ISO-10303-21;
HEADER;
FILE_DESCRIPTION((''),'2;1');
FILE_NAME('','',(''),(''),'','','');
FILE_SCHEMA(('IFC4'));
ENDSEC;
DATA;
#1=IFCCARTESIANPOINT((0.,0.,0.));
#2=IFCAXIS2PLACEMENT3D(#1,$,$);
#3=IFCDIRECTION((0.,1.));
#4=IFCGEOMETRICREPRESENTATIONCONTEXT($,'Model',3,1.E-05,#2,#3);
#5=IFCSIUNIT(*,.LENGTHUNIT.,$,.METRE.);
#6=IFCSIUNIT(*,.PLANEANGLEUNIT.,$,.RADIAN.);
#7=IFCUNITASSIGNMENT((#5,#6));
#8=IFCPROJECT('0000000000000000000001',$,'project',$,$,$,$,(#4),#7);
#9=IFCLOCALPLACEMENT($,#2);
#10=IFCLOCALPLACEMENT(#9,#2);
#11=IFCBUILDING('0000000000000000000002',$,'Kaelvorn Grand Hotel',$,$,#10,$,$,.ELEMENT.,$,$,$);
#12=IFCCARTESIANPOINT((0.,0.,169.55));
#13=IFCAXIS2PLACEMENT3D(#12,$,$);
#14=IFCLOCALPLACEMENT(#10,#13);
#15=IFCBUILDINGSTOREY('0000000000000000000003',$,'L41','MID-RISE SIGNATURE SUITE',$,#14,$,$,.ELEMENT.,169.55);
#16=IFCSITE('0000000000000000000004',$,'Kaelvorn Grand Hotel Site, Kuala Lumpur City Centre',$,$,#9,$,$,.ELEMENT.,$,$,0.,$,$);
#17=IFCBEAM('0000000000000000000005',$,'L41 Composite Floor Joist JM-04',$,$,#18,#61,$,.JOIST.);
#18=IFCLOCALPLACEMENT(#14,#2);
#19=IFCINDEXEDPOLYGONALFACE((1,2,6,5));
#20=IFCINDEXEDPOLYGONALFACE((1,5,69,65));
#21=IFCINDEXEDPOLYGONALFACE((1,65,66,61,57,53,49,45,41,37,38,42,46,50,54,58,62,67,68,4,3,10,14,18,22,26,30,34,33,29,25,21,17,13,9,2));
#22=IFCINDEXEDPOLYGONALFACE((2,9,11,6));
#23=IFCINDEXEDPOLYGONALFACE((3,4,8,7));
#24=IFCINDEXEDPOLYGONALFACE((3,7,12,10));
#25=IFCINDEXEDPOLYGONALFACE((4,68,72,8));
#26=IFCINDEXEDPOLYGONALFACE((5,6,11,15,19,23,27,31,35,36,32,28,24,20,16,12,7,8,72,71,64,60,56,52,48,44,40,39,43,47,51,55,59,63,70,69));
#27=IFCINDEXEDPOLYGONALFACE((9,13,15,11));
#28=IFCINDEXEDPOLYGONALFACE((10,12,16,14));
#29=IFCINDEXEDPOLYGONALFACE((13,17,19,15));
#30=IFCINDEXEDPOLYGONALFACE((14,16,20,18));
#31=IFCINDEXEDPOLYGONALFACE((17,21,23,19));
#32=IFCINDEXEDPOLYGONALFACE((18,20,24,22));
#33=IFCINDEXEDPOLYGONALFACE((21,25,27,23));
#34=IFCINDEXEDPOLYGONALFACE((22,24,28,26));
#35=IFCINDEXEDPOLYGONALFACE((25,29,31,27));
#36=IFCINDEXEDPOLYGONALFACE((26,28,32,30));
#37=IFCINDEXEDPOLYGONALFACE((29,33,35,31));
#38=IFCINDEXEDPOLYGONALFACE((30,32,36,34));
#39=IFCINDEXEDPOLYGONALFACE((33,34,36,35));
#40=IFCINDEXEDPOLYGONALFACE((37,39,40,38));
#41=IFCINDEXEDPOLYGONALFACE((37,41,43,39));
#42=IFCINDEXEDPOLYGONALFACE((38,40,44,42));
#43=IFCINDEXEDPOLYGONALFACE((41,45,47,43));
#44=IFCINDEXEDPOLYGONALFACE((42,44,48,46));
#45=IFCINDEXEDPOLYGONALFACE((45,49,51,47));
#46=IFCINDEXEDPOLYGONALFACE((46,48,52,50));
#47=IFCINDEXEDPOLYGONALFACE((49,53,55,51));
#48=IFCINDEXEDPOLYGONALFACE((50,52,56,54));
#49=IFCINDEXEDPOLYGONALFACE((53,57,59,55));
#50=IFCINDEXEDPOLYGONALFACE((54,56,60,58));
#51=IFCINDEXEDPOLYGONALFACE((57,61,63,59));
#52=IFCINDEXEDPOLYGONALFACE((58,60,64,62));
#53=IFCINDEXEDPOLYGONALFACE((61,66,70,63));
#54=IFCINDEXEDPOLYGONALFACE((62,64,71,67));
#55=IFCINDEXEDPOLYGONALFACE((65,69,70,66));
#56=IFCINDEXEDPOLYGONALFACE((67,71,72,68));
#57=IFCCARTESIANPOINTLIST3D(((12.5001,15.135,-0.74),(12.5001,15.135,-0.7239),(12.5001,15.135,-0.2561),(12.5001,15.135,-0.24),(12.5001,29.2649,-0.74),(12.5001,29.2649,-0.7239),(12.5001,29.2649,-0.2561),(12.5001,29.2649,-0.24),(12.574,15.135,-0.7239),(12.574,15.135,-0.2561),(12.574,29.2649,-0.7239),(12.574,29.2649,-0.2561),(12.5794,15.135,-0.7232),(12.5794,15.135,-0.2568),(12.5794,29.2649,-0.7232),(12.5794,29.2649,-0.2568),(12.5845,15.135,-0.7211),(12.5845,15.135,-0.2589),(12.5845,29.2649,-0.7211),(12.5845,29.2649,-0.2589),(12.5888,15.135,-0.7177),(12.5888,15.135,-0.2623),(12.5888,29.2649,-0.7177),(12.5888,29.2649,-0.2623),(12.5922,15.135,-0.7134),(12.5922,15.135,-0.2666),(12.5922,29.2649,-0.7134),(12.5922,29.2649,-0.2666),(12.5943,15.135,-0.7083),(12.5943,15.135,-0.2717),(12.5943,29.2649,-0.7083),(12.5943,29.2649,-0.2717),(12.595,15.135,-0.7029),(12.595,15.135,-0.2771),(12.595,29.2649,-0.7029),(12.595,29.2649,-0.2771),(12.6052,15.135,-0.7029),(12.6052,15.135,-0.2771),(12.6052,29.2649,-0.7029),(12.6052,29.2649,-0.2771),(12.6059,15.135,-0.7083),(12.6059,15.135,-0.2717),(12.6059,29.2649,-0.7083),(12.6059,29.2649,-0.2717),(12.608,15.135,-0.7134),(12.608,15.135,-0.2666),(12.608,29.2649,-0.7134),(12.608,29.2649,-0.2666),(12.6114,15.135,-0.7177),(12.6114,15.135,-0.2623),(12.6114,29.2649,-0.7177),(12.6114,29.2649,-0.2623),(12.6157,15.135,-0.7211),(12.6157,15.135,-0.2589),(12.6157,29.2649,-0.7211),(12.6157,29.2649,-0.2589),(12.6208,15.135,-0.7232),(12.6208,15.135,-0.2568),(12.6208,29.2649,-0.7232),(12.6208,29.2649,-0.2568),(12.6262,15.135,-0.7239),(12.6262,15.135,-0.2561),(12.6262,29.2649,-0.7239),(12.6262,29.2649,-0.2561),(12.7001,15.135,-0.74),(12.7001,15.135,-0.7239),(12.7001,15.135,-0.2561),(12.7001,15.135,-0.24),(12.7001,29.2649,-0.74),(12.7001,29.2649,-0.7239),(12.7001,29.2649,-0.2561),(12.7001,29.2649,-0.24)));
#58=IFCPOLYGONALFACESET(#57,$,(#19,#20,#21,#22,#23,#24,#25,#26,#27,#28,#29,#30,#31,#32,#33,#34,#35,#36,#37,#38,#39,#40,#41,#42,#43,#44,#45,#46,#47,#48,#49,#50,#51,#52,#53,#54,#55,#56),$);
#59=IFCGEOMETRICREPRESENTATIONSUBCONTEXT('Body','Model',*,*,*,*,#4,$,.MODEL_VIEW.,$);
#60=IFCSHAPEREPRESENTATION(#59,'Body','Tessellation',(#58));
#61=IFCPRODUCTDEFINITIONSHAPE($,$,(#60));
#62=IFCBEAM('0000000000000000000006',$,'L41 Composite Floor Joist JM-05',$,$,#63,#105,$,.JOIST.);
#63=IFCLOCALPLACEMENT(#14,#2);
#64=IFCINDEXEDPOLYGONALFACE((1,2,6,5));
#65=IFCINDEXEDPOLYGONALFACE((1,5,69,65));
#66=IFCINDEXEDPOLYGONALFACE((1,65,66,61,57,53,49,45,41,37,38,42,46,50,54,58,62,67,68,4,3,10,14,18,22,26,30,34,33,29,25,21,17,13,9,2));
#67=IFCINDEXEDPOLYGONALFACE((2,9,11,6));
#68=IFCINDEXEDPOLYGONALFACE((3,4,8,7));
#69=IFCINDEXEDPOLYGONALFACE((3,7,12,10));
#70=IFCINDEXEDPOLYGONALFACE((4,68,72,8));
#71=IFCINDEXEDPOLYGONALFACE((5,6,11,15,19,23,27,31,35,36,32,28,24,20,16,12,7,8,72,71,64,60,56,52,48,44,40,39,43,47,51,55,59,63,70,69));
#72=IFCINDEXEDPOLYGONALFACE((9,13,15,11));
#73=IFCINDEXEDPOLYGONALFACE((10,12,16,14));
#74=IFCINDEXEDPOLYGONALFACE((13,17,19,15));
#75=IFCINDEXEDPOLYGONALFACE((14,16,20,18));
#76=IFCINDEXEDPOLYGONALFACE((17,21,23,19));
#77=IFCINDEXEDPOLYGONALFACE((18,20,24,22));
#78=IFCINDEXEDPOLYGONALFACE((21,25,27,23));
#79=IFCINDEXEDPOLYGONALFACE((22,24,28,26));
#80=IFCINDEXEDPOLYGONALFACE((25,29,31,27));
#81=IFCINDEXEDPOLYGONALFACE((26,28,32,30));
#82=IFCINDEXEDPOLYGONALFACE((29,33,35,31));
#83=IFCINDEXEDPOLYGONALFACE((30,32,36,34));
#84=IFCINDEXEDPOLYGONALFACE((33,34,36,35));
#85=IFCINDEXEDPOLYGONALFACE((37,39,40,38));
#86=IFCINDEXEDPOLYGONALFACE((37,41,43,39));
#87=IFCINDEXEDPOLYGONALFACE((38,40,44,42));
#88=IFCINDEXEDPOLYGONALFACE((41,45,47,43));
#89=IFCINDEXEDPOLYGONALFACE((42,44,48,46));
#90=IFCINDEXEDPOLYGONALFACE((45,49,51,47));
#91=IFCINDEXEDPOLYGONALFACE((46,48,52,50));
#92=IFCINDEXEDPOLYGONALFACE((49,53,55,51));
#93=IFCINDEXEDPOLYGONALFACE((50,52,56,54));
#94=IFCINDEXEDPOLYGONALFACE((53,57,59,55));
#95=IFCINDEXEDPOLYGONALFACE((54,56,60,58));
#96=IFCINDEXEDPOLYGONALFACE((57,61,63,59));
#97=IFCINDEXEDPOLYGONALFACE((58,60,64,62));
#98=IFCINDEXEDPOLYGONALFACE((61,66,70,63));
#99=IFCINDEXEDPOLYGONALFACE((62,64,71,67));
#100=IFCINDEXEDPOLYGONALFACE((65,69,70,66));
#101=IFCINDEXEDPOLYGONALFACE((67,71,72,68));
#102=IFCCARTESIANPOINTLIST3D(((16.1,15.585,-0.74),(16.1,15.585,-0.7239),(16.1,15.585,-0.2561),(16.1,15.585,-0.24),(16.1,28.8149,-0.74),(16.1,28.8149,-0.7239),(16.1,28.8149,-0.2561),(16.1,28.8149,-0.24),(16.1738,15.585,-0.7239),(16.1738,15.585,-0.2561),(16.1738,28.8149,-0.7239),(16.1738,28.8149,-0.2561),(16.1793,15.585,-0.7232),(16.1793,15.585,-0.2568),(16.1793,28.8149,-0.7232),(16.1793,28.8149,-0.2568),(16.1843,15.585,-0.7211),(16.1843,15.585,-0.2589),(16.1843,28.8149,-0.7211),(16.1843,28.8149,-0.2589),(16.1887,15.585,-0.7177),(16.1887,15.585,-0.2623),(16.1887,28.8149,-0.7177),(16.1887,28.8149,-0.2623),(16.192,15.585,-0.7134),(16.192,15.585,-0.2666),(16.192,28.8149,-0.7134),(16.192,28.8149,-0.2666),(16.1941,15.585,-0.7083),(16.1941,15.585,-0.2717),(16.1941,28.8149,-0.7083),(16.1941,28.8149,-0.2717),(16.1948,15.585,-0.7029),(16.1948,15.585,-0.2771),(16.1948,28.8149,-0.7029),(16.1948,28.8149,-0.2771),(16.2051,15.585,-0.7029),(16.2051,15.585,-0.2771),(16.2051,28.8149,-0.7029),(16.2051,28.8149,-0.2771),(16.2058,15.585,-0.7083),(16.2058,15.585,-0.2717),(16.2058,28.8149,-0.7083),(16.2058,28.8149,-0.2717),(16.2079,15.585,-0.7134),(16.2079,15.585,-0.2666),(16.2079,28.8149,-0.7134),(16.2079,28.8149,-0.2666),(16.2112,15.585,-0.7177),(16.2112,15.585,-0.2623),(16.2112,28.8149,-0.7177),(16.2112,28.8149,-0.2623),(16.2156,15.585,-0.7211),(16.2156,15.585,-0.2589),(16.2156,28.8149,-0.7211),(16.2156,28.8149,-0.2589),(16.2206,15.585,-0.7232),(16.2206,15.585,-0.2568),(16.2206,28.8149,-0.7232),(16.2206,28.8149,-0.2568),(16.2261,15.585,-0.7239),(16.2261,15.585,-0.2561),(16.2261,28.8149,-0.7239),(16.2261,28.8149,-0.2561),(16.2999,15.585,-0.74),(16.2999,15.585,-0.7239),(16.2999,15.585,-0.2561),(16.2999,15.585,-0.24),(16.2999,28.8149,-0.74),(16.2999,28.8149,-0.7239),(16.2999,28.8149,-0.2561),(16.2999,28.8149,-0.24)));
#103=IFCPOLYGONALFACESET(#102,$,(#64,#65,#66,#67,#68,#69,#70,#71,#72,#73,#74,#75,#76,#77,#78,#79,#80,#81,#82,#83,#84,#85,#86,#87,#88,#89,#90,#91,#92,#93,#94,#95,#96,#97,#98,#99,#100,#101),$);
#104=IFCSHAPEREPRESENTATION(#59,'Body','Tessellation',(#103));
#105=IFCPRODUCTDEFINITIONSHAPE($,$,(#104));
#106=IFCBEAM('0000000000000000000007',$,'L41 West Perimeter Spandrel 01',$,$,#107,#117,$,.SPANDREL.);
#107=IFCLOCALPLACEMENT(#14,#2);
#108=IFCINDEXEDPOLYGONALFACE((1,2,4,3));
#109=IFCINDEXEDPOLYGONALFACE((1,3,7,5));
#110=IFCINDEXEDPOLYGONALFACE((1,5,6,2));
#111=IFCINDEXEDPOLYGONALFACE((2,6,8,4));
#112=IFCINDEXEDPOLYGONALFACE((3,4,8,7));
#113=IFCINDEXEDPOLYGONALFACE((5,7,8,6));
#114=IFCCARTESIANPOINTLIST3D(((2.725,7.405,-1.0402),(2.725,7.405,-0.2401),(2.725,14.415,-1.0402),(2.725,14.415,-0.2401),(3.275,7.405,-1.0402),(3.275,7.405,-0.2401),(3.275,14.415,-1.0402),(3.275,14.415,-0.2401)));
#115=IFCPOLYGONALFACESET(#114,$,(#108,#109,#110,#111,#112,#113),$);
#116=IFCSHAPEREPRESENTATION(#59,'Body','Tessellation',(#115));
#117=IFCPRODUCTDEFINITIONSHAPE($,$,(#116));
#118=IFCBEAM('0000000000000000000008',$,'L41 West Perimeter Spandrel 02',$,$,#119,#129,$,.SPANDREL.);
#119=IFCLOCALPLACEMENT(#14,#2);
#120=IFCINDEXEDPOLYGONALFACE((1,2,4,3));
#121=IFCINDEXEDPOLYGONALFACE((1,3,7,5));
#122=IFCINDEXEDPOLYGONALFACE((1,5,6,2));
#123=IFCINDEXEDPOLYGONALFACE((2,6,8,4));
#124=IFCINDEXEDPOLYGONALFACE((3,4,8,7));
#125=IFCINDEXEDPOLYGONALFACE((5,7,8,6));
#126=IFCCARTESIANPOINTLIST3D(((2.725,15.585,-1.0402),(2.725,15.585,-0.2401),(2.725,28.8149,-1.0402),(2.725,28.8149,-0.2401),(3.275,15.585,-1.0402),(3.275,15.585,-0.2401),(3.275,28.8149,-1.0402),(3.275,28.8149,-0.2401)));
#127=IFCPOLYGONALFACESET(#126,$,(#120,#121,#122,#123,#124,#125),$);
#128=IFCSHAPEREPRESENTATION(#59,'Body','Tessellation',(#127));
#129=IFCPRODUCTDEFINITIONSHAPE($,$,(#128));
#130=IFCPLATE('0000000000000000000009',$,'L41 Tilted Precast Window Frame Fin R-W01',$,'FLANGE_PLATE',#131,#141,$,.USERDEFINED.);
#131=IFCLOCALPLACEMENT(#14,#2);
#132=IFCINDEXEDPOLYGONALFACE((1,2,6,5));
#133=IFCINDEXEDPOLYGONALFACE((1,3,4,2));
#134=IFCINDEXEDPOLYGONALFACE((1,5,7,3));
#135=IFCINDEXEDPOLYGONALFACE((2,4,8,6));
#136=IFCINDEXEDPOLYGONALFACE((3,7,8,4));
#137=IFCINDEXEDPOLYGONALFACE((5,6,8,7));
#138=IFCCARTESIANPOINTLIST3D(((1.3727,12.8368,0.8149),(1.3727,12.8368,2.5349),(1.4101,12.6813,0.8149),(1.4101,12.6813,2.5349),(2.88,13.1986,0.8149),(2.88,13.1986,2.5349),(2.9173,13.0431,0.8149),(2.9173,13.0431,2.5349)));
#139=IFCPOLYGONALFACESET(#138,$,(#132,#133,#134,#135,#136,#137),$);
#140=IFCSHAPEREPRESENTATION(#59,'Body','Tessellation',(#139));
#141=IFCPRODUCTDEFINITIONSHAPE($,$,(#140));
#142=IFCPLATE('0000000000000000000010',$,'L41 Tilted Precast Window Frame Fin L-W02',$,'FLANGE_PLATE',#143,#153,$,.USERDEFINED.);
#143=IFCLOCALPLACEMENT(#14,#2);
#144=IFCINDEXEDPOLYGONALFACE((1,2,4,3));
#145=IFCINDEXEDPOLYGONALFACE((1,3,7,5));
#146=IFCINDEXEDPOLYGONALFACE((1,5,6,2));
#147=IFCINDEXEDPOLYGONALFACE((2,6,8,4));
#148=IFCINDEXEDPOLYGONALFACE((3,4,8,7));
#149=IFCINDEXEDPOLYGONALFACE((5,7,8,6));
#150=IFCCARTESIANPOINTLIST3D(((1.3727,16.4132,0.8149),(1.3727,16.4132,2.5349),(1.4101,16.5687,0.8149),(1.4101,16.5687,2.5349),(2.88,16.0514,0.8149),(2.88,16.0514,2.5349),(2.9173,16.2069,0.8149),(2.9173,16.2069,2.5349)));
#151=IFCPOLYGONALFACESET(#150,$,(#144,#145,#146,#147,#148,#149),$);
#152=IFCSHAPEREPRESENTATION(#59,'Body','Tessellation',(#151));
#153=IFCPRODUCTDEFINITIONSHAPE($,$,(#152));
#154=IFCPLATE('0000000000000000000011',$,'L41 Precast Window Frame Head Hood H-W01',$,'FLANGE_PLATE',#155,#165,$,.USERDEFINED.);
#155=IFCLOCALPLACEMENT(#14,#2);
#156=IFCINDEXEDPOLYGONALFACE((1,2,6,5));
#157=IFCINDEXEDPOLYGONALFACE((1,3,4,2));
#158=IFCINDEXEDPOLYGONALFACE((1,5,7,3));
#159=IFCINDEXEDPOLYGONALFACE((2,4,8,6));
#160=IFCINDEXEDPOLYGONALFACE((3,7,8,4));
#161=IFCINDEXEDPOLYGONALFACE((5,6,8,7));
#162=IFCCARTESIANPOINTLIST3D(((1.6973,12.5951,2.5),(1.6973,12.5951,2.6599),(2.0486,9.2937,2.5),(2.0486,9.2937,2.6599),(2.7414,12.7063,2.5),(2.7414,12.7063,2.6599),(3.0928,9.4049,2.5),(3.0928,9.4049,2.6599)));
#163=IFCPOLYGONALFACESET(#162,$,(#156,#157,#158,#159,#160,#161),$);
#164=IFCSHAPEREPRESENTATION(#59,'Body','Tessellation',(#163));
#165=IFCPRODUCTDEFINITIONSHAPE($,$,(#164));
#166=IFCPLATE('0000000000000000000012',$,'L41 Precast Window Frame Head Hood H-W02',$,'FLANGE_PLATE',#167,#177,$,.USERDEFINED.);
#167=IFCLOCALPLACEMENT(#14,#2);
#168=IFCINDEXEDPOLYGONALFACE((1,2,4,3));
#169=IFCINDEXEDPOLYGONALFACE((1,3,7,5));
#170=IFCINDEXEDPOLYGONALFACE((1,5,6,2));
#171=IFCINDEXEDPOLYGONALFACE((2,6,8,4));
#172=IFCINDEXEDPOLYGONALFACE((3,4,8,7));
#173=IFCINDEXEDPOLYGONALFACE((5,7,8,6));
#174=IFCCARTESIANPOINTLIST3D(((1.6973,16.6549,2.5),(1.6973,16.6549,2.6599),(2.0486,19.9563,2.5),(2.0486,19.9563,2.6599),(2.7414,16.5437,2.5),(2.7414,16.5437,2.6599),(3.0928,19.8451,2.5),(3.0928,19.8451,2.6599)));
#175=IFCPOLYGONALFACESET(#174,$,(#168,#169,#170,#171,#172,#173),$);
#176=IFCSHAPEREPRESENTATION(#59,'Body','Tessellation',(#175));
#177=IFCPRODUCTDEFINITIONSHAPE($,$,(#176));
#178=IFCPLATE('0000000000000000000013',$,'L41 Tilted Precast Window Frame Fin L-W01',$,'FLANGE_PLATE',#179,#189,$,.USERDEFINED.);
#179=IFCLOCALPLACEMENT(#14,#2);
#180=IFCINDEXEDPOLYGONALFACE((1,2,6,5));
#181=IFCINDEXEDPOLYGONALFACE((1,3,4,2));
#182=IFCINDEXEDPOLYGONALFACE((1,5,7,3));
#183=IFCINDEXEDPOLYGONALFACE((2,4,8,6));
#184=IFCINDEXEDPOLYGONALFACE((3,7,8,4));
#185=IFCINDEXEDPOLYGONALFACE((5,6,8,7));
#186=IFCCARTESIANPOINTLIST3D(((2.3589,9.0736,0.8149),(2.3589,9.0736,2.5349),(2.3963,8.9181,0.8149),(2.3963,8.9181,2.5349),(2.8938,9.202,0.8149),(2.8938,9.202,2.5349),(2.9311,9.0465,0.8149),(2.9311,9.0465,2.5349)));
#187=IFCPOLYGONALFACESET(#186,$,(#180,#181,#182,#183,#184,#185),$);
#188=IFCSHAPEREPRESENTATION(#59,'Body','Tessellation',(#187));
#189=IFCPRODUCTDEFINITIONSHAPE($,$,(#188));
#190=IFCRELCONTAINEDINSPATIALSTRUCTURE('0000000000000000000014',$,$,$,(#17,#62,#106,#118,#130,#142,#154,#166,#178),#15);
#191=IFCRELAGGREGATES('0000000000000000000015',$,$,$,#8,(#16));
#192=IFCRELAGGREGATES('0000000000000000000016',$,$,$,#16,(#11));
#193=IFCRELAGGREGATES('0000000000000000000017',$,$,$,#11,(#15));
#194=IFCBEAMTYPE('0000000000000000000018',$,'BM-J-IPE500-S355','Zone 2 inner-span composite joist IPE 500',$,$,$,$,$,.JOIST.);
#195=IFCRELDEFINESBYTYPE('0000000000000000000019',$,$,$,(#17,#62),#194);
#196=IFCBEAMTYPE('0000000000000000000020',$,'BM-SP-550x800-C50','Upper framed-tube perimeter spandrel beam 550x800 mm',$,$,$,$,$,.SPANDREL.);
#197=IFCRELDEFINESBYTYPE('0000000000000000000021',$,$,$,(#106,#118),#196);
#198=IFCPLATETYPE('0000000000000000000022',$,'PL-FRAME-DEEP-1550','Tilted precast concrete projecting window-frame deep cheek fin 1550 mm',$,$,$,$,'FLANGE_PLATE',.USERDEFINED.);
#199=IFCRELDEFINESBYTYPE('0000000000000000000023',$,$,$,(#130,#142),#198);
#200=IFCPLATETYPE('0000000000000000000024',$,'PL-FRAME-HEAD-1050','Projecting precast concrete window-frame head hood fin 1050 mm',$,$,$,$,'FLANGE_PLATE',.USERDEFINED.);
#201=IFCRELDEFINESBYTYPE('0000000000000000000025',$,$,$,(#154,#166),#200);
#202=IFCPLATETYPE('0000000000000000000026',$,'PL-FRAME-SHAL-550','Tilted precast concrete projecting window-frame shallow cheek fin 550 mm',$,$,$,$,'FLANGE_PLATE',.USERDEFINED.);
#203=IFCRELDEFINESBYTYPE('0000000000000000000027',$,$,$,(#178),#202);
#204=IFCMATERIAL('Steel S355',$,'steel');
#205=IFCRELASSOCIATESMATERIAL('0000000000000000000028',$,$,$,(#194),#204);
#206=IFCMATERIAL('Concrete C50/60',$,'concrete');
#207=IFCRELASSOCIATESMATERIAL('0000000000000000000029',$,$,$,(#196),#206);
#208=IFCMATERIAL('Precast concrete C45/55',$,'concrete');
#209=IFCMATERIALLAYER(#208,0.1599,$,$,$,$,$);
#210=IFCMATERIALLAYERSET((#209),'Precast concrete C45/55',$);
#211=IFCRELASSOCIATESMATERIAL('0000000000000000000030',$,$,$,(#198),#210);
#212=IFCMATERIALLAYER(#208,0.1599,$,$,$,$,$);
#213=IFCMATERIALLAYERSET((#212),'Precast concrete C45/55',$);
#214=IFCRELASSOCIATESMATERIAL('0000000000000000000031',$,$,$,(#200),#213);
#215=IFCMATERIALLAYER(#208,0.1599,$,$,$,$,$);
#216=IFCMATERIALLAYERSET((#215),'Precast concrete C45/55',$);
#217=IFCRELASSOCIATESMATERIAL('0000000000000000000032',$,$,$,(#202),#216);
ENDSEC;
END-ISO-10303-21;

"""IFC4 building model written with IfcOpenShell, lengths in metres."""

from ifc_helpers import new_model, si_unit, direction, frame, origin, origin_2d, place, context, subcontext, project, spatial, rectangle, i_section, extrude, material, layer, layer_set, material_profile, profile_set, type_object, element, save


model = new_model("IFC4")

# Units and contexts
model_context = context("Model", 3, precision=1e-05, world=origin(), true_north=direction((0.0, 1.0)))
body_context = subcontext(model_context, "Body", "Model", "MODEL_VIEW")
ifc_project = project(units=[si_unit("LENGTHUNIT", "METRE"), si_unit("PLANEANGLEUNIT", "RADIAN")], contexts=[model_context])

# Site, building, storey
site_placement = place(None, origin())
site = spatial("IfcSite", under=ifc_project, at=site_placement, Name="Kaelvorn Grand Hotel Site, Kuala Lumpur City Centre", CompositionType="ELEMENT", RefElevation=0.0)
building_placement = place(site_placement, origin())
building = spatial("IfcBuilding", under=site, at=building_placement, Name="Kaelvorn Grand Hotel", CompositionType="ELEMENT")
storey_placement = place(building_placement, frame((0.0, 0.0, 169.55)))
storey = spatial("IfcBuildingStorey", under=building, at=storey_placement, Name="L41", Description="MID-RISE SIGNATURE SUITE", CompositionType="ELEMENT", Elevation=169.55)

# Beams
ifc_material_1 = material(Name="Steel S355", Category="steel")
ifc_material_profile_1 = material_profile(ifc_material_1, i_section(OverallWidth=0.2, OverallDepth=0.5, WebThickness=0.0103, FlangeThickness=0.0161, FilletRadius=0.021, at=origin_2d()), Name="IPE 500")
ifc_profile_set_1 = profile_set([ifc_material_profile_1], Name="Steel S355")
beam_type_1 = type_object("IfcBeamType", Name="BM-J-IPE500-S355", Description="Zone 2 inner-span composite joist IPE 500", PredefinedType="JOIST", material=ifc_profile_set_1)
beam_1_placement = place(storey_placement, frame((12.6001, 15.135, -0.49), z_axis=(0.0, 1.0, 0.0), x_axis=(-1.0, 0.0, 0.0)))
element("IfcBeam", 1, at=beam_1_placement, inside=storey, type_object=beam_type_1, Name="L41 Composite Floor Joist JM-04", PredefinedType="JOIST", context=body_context, shape_type="SweptSolid", body=[
    extrude(i_section(OverallWidth=0.2, OverallDepth=0.5, WebThickness=0.0103, FlangeThickness=0.0161, FilletRadius=0.021, at=origin_2d()), origin(), (0.0, 0.0, 1.0), 14.1299),
])
beam_2_placement = place(storey_placement, frame((16.2, 15.585, -0.49), z_axis=(0.0, 1.0, 0.0), x_axis=(-1.0, 0.0, 0.0)))
element("IfcBeam", 2, at=beam_2_placement, inside=storey, type_object=beam_type_1, Name="L41 Composite Floor Joist JM-05", PredefinedType="JOIST", context=body_context, shape_type="SweptSolid", body=[
    extrude(i_section(OverallWidth=0.2, OverallDepth=0.5, WebThickness=0.0103, FlangeThickness=0.0161, FilletRadius=0.021, at=origin_2d()), origin(), (0.0, 0.0, 1.0), 13.23),
])
ifc_material_2 = material(Name="Concrete C50/60", Category="concrete")
ifc_material_profile_2 = material_profile(ifc_material_2, rectangle(XDim=0.55, YDim=0.8, at=origin_2d()), Name="RC SPANDREL 550x800")
ifc_profile_set_2 = profile_set([ifc_material_profile_2], Name="Concrete C50/60")
beam_type_2 = type_object("IfcBeamType", Name="BM-SP-550x800-C50", Description="Upper framed-tube perimeter spandrel beam 550x800 mm", PredefinedType="SPANDREL", material=ifc_profile_set_2)
beam_3_placement = place(storey_placement, frame((3.0, 7.405, -0.6401), z_axis=(0.0, 1.0, 0.0), x_axis=(-1.0, 0.0, 0.0)))
element("IfcBeam", 3, at=beam_3_placement, inside=storey, type_object=beam_type_2, Name="L41 West Perimeter Spandrel 01", PredefinedType="SPANDREL", context=body_context, shape_type="SweptSolid", body=[
    extrude(rectangle(XDim=0.55, YDim=0.8, at=origin_2d()), origin(), (0.0, 0.0, 1.0), 7.01),
])
beam_4_placement = place(storey_placement, frame((3.0, 15.585, -0.6401), z_axis=(0.0, 1.0, 0.0), x_axis=(-1.0, 0.0, 0.0)))
element("IfcBeam", 4, at=beam_4_placement, inside=storey, type_object=beam_type_2, Name="L41 West Perimeter Spandrel 02", PredefinedType="SPANDREL", context=body_context, shape_type="SweptSolid", body=[
    extrude(rectangle(XDim=0.55, YDim=0.8, at=origin_2d()), origin(), (0.0, 0.0, 1.0), 13.23),
])

# Plates
ifc_material_3 = material(Name="Precast concrete C45/55", Category="concrete")
ifc_layer_1 = layer(ifc_material_3, 0.1599)
ifc_layer_set_1 = layer_set([ifc_layer_1], Name="Precast concrete C45/55")
plate_type_1 = type_object("IfcPlateType", Name="PL-FRAME-DEEP-1550", Description="Tilted precast concrete projecting window-frame deep cheek fin 1550 mm", ElementType="FLANGE_PLATE", PredefinedType="USERDEFINED", material=ifc_layer_set_1)
for number, where, z_axis, x_axis, name in (
    (5, (2.145, 12.9399, 0.8149), (0.0, 0.0, 1.0), (-0.233445, 0.97237, 0.0), "L41 Tilted Precast Window Frame Fin R-W01"),
    (6, (2.145, 16.3101, 0.8149), (0.0, 0.0, 1.0), (0.233445, 0.97237, 0.0), "L41 Tilted Precast Window Frame Fin L-W02"),
):
    element("IfcPlate", number, at=place(storey_placement, frame(where, z_axis=z_axis, x_axis=x_axis)), inside=storey, type_object=plate_type_1, Name=name, ObjectType="FLANGE_PLATE", PredefinedType="USERDEFINED", context=body_context, shape_type="SweptSolid", body=[
        extrude(rectangle(XDim=0.1599, YDim=1.55, at=origin_2d()), origin(), (0.0, 0.0, 1.0), 1.72),
    ])
ifc_layer_2 = layer(ifc_material_3, 0.1599)
ifc_layer_set_2 = layer_set([ifc_layer_2], Name="Precast concrete C45/55")
plate_type_2 = type_object("IfcPlateType", Name="PL-FRAME-HEAD-1050", Description="Projecting precast concrete window-frame head hood fin 1050 mm", ElementType="FLANGE_PLATE", PredefinedType="USERDEFINED", material=ifc_layer_set_2)
for number, where, z_axis, x_axis, name in (
    (7, (2.395, 11.0, 2.5), (0.0, 0.0, 1.0), (-0.10583, 0.994384, 0.0), "L41 Precast Window Frame Head Hood H-W01"),
    (8, (2.395, 18.25, 2.5), (0.0, 0.0, 1.0), (0.10583, 0.994384, 0.0), "L41 Precast Window Frame Head Hood H-W02"),
):
    element("IfcPlate", number, at=place(storey_placement, frame(where, z_axis=z_axis, x_axis=x_axis)), inside=storey, type_object=plate_type_2, Name=name, ObjectType="FLANGE_PLATE", PredefinedType="USERDEFINED", context=body_context, shape_type="SweptSolid", body=[
        extrude(rectangle(XDim=3.3201, YDim=1.05, at=origin_2d()), origin(), (0.0, 0.0, 1.0), 0.1599),
    ])
ifc_layer_3 = layer(ifc_material_3, 0.1599)
ifc_layer_set_3 = layer_set([ifc_layer_3], Name="Precast concrete C45/55")
plate_type_3 = type_object("IfcPlateType", Name="PL-FRAME-SHAL-550", Description="Tilted precast concrete projecting window-frame shallow cheek fin 550 mm", ElementType="FLANGE_PLATE", PredefinedType="USERDEFINED", material=ifc_layer_set_3)
for number, where, z_axis, x_axis, name in (
    (9, (2.645, 9.0601, 0.8149), (0.0, 0.0, 1.0), (-0.233445, 0.97237, 0.0), "L41 Tilted Precast Window Frame Fin L-W01"),
):
    element("IfcPlate", number, at=place(storey_placement, frame(where, z_axis=z_axis, x_axis=x_axis)), inside=storey, type_object=plate_type_3, Name=name, ObjectType="FLANGE_PLATE", PredefinedType="USERDEFINED", context=body_context, shape_type="SweptSolid", body=[
        extrude(rectangle(XDim=0.1599, YDim=0.55, at=origin_2d()), origin(), (0.0, 0.0, 1.0), 1.72),
    ])

save(model, "model.ifc")
